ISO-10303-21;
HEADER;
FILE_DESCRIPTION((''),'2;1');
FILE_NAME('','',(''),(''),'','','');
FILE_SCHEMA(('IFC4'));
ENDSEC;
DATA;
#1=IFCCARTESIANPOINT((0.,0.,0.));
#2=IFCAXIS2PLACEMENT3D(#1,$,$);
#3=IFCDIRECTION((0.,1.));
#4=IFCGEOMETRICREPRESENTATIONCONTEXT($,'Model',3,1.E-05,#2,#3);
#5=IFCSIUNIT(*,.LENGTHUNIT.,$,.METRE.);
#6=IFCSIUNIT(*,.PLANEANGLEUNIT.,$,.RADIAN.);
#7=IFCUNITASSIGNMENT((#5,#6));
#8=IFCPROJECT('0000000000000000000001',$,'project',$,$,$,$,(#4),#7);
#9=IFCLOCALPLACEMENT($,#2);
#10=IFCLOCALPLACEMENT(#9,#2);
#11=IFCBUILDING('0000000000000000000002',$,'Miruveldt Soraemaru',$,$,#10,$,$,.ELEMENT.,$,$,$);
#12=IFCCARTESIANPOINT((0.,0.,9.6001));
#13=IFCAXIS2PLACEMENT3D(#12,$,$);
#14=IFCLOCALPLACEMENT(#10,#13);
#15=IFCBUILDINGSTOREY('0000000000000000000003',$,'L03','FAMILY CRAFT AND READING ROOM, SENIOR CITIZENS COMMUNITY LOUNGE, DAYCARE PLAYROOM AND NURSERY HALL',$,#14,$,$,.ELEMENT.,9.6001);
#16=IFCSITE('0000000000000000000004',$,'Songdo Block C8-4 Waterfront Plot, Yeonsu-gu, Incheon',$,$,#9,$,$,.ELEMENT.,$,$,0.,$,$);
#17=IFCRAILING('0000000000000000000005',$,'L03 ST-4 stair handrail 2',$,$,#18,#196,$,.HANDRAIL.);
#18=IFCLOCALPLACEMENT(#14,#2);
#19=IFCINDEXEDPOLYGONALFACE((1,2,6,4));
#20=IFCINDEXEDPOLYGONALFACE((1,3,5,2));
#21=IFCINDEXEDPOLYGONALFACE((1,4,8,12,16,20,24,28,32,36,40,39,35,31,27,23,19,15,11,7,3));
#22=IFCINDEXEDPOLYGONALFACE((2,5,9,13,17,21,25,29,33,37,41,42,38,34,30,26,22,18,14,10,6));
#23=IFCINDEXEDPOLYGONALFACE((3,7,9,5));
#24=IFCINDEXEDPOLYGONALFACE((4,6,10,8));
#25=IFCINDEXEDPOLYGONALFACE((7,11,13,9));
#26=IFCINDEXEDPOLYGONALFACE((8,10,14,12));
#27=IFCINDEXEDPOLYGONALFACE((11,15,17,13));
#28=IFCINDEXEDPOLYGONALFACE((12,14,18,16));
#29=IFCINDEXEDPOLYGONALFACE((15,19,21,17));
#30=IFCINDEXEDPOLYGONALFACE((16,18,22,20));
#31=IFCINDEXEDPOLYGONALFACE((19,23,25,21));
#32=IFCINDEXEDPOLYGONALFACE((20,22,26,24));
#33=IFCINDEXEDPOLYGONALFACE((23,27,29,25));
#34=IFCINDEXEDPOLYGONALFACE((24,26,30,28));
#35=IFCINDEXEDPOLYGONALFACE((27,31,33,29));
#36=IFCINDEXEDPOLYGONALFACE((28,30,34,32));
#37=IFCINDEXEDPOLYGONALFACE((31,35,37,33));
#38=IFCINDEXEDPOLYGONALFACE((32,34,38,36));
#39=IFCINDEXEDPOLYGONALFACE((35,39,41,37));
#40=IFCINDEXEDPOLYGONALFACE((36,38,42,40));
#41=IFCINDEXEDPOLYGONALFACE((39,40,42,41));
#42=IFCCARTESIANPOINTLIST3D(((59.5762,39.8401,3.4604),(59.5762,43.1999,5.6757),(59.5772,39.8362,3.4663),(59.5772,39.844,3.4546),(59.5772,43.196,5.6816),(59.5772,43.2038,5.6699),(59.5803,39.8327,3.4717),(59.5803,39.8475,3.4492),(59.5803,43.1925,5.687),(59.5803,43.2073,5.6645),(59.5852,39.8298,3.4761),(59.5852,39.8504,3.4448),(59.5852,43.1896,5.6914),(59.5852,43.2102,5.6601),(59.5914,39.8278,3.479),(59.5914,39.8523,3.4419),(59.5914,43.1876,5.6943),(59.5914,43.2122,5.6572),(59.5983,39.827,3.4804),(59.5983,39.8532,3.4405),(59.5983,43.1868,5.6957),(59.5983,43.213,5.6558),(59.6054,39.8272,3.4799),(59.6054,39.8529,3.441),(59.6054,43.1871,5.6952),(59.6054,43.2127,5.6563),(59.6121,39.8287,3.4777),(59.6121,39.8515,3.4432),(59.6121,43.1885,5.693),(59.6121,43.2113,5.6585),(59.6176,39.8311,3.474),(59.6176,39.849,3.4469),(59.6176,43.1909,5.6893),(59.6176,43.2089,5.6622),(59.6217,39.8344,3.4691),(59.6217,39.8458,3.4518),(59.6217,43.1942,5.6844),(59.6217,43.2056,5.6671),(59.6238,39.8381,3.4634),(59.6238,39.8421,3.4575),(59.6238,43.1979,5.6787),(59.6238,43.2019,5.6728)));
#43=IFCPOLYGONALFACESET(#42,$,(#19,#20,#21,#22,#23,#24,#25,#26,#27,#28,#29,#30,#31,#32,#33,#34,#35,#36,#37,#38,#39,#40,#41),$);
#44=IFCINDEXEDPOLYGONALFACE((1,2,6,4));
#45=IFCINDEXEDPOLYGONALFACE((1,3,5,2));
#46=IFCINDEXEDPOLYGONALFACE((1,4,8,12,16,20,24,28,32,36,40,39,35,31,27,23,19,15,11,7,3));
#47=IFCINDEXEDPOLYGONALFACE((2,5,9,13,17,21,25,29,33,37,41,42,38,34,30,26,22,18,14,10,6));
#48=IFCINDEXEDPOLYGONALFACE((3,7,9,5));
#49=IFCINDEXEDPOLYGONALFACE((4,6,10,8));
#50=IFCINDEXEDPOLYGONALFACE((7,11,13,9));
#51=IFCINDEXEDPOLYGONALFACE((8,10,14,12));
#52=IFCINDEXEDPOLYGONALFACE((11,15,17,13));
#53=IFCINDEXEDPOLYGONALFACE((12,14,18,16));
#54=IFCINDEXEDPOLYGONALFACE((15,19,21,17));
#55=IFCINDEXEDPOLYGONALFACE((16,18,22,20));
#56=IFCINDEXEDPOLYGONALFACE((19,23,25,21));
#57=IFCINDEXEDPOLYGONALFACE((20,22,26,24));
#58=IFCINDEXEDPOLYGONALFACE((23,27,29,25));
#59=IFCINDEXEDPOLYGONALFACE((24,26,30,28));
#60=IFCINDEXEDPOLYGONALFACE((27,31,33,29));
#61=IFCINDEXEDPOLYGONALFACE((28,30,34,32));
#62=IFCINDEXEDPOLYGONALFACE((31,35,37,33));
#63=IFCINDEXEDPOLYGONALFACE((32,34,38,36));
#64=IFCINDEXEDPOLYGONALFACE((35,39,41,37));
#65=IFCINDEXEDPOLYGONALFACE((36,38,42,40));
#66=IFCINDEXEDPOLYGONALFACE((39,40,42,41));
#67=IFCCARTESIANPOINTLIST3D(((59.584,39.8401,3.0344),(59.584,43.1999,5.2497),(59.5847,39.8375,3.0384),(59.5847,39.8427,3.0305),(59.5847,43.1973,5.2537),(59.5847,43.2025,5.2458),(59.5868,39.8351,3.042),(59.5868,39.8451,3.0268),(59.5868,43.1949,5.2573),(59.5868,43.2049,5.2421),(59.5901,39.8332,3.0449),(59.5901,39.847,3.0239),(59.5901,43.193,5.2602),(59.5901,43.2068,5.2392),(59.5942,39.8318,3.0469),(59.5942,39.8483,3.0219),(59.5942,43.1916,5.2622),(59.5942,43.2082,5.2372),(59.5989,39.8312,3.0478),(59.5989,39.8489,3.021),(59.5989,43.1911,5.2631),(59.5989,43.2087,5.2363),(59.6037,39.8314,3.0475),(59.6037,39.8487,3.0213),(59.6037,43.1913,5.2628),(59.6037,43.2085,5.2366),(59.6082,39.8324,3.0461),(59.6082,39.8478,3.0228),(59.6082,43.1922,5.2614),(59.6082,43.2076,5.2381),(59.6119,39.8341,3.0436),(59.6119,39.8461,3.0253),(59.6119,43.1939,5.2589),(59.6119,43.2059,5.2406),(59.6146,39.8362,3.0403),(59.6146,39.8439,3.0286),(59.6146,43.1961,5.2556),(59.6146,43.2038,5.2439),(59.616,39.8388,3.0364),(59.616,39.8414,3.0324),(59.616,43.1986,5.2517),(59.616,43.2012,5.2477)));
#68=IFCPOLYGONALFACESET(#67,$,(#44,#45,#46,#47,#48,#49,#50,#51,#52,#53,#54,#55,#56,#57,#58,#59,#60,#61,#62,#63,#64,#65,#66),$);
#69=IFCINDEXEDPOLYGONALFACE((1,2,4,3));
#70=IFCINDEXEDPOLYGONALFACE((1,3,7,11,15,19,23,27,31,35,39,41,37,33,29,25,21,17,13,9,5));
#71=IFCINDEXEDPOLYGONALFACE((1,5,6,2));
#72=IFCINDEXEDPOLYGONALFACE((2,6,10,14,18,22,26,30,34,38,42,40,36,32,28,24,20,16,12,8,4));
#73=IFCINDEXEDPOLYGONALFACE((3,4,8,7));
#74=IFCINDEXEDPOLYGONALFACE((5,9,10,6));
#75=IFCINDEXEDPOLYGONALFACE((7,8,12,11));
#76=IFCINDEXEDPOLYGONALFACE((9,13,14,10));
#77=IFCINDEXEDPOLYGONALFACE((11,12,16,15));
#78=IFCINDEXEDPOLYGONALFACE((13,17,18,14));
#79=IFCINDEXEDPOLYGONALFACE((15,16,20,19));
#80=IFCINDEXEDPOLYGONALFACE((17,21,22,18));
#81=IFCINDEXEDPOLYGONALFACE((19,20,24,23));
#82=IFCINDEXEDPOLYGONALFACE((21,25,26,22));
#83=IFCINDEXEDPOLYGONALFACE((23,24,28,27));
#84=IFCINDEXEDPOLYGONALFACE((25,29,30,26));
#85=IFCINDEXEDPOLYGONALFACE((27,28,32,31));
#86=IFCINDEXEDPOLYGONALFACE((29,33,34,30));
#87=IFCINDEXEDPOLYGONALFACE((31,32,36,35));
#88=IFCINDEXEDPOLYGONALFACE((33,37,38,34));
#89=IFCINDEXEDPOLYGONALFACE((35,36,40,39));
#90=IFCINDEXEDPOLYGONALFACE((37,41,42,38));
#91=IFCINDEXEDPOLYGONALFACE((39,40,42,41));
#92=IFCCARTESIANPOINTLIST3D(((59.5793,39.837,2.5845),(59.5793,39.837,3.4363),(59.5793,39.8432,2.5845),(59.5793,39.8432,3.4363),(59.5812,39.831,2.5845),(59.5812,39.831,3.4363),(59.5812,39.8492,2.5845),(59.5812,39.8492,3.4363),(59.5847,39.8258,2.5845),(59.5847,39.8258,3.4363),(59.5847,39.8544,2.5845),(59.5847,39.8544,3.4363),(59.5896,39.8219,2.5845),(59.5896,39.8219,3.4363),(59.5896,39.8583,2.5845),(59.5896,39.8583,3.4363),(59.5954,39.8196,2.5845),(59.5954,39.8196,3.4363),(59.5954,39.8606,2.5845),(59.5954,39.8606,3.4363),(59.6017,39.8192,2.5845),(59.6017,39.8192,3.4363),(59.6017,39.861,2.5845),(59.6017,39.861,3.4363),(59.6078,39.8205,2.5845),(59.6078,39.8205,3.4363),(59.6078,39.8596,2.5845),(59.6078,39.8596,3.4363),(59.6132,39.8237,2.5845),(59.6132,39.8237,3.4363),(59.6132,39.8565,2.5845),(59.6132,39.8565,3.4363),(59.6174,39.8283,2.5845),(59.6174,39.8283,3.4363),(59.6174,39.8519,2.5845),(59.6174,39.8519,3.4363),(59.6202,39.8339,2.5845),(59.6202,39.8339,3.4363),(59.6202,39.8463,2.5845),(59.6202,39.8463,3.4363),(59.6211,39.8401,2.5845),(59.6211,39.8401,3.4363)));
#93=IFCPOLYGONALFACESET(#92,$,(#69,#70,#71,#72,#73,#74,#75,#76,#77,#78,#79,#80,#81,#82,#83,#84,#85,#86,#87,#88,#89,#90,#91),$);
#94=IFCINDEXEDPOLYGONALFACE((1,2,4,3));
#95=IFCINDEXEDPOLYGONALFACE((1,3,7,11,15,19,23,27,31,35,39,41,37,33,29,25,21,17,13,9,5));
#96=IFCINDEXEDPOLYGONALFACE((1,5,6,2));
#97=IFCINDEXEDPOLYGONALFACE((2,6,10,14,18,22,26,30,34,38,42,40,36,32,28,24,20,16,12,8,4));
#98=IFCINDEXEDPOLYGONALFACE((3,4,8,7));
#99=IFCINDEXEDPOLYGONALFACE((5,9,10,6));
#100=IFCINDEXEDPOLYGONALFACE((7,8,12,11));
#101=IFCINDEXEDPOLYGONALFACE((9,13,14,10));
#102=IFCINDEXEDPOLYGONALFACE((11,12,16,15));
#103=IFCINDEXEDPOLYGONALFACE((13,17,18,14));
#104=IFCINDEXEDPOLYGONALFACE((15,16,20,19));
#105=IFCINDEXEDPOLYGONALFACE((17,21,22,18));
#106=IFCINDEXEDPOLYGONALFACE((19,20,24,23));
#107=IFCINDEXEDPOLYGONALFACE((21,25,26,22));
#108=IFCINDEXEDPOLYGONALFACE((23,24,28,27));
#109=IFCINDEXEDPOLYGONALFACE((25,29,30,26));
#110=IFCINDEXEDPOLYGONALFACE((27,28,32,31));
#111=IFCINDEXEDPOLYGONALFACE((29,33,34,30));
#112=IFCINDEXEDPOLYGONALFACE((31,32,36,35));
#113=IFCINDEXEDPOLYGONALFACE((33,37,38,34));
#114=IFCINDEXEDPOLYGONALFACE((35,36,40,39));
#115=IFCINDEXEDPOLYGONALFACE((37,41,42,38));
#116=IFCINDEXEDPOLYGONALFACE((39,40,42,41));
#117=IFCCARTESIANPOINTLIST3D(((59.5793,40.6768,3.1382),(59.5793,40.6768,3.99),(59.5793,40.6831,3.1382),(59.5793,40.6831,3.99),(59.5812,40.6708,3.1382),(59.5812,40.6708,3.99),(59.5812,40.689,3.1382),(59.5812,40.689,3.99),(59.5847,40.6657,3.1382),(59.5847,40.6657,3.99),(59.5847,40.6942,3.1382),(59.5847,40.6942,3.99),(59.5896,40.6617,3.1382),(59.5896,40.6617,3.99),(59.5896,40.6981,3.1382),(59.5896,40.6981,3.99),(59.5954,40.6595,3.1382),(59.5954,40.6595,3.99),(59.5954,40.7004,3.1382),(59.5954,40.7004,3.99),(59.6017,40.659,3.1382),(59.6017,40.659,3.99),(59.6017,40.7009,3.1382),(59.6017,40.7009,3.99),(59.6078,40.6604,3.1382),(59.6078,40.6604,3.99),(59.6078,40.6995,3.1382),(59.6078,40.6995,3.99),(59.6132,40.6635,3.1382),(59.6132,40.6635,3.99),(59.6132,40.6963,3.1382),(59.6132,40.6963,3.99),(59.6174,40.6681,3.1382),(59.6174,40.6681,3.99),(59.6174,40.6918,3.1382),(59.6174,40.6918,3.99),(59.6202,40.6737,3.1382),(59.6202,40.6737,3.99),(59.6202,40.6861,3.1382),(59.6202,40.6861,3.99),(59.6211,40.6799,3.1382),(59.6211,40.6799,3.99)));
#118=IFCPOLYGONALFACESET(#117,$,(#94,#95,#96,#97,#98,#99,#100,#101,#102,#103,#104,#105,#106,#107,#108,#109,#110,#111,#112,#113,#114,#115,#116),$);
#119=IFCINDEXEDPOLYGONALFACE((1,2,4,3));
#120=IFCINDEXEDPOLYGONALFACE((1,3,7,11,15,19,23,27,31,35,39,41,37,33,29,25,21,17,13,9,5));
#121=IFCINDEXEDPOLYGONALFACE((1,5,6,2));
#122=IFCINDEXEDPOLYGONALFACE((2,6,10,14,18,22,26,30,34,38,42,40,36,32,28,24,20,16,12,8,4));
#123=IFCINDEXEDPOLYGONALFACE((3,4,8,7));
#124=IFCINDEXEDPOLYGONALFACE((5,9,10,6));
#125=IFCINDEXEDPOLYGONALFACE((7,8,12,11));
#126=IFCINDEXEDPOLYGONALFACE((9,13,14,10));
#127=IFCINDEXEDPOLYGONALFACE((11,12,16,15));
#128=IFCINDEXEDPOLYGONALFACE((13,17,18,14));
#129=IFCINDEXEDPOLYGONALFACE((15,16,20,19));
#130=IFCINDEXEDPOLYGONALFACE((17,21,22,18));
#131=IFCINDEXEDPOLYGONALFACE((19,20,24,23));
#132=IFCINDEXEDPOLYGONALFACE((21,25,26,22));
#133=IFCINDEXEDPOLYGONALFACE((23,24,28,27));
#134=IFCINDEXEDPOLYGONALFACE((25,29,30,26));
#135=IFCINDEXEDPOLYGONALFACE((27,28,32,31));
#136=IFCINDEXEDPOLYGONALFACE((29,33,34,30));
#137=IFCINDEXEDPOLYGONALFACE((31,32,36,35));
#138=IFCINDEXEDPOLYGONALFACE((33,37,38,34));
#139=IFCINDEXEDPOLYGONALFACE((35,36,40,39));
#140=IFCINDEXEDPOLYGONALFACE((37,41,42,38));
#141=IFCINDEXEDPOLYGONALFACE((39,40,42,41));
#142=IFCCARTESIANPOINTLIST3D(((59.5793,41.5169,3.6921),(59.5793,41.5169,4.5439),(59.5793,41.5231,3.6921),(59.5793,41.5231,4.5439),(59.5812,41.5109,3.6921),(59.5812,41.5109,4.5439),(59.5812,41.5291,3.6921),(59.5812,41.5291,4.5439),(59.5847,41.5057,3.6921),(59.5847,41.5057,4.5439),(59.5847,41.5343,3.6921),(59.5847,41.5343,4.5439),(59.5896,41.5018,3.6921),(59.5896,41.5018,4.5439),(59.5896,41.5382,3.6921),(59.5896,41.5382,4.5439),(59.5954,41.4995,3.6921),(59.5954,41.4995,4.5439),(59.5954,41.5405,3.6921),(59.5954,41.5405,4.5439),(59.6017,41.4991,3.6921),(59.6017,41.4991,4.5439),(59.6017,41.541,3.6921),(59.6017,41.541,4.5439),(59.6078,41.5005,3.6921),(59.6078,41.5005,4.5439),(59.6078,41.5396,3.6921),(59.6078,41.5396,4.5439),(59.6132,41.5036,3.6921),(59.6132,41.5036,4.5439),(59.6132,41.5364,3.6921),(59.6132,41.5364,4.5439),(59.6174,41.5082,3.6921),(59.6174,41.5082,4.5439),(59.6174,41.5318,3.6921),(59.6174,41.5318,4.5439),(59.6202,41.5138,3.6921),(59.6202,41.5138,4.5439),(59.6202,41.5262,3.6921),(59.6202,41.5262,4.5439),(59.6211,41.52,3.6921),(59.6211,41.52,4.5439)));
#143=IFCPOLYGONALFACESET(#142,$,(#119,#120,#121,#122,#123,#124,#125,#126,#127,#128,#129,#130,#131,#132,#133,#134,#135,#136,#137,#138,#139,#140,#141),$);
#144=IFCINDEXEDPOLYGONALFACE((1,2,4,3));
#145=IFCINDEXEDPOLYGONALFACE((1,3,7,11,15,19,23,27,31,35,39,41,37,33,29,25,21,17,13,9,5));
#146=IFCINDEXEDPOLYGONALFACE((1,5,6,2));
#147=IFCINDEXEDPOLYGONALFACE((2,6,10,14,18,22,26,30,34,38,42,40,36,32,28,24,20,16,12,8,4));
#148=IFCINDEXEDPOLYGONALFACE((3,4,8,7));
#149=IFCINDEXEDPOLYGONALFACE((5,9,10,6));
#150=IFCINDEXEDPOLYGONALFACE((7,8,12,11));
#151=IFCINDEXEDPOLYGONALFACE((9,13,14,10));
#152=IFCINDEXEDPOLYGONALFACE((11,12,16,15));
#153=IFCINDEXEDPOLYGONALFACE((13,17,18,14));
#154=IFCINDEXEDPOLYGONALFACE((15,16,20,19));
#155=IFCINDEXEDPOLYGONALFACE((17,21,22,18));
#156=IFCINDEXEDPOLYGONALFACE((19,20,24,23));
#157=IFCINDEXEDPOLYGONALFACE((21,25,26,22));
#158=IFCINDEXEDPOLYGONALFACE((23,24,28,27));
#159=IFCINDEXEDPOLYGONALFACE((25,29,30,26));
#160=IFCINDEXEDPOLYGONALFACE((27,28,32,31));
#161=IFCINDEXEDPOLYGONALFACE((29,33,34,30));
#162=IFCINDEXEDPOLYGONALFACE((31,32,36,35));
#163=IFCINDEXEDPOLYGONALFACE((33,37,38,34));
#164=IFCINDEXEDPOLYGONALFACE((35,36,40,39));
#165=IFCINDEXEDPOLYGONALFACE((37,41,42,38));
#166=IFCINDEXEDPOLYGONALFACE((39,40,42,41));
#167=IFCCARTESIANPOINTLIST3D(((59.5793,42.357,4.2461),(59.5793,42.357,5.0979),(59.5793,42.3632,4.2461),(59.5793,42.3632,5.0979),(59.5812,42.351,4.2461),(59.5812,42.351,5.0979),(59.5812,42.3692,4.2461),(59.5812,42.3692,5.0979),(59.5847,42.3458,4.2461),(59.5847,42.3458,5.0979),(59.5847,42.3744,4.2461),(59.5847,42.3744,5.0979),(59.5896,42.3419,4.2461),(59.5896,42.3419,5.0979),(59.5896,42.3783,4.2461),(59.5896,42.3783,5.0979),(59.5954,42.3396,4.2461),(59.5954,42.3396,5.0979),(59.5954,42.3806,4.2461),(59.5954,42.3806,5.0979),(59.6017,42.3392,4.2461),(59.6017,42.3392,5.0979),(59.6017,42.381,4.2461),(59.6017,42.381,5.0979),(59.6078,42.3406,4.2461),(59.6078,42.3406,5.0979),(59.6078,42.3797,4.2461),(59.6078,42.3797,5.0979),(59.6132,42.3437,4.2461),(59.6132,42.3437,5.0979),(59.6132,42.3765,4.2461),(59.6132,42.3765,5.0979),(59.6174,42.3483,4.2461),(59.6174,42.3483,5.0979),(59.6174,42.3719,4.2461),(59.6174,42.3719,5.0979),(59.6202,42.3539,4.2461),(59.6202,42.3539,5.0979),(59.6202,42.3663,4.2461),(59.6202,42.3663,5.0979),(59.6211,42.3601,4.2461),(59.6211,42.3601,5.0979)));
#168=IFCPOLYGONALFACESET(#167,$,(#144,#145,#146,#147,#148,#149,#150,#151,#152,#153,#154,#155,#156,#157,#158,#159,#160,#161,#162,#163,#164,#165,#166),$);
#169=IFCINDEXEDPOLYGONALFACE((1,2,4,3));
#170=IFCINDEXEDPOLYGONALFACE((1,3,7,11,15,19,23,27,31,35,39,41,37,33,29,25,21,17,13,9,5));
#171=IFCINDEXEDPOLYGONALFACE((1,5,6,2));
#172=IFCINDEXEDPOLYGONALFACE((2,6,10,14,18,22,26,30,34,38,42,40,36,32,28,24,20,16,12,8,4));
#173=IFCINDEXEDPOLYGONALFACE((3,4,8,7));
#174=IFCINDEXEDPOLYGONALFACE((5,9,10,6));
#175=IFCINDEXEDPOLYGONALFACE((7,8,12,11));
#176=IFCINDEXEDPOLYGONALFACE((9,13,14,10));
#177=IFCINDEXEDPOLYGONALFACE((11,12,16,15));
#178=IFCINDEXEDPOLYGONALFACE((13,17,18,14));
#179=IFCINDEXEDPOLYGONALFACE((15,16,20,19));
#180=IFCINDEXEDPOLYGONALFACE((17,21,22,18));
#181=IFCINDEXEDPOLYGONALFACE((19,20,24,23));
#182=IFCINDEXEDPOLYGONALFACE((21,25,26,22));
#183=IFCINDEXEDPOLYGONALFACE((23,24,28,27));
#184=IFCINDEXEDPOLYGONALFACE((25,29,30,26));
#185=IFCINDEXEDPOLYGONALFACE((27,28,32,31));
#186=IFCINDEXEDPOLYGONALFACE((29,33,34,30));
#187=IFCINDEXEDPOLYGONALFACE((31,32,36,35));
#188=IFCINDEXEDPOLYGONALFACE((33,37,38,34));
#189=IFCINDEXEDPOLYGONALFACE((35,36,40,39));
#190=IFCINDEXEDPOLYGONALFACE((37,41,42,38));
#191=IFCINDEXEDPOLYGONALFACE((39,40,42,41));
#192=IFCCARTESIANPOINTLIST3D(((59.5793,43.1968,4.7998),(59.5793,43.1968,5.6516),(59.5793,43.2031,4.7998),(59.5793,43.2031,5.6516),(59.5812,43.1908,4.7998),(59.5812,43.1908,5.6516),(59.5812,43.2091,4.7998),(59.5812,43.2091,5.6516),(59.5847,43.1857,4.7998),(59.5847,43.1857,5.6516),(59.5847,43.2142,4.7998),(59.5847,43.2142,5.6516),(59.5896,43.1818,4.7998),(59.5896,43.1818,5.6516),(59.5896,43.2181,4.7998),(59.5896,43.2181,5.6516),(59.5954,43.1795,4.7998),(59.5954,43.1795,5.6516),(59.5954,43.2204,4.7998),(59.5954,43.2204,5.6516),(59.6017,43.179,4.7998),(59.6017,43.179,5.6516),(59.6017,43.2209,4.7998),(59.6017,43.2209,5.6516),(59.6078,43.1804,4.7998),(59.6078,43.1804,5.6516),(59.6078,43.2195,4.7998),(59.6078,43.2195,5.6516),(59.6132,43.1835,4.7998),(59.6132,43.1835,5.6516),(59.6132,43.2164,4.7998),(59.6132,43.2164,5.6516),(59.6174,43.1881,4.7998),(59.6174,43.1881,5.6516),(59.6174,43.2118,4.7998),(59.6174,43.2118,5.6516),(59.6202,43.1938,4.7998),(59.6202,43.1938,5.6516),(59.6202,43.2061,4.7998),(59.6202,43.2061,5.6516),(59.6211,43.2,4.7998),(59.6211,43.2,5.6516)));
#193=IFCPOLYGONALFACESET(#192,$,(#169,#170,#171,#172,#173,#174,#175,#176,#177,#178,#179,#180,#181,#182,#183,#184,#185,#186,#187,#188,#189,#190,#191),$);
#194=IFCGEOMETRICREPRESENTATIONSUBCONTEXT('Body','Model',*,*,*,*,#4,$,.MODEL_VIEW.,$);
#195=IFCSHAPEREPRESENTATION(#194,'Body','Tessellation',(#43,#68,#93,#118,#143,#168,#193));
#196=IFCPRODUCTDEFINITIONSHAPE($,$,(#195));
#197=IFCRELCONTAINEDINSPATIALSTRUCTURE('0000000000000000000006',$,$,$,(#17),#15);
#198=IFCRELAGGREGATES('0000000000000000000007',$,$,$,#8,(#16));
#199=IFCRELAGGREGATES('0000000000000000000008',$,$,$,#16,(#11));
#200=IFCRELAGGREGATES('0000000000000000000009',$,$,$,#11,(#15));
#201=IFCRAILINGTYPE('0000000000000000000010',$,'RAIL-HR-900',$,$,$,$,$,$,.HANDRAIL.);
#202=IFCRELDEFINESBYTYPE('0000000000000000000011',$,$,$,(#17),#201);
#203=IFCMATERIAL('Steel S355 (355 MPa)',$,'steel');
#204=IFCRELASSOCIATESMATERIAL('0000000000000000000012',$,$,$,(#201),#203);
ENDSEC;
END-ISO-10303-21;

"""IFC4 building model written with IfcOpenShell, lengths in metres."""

from ifc_helpers import new_model, si_unit, direction, frame, origin, origin_2d, place, context, subcontext, project, spatial, circle, extrude, material, type_object, element, save


model = new_model("IFC4")

# Units and contexts
model_context = context("Model", 3, precision=1e-05, world=origin(), true_north=direction((0.0, 1.0)))
body_context = subcontext(model_context, "Body", "Model", "MODEL_VIEW")
ifc_project = project(units=[si_unit("LENGTHUNIT", "METRE"), si_unit("PLANEANGLEUNIT", "RADIAN")], contexts=[model_context])

# Site, building, storey
site_placement = place(None, origin())
site = spatial("IfcSite", under=ifc_project, at=site_placement, Name="Songdo Block C8-4 Waterfront Plot, Yeonsu-gu, Incheon", CompositionType="ELEMENT", RefElevation=0.0)
building_placement = place(site_placement, origin())
building = spatial("IfcBuilding", under=site, at=building_placement, Name="Miruveldt Soraemaru", CompositionType="ELEMENT")
storey_placement = place(building_placement, frame((0.0, 0.0, 9.6001)))
storey = spatial("IfcBuildingStorey", under=building, at=storey_placement, Name="L03", Description="FAMILY CRAFT AND READING ROOM, SENIOR CITIZENS COMMUNITY LOUNGE, DAYCARE PLAYROOM AND NURSERY HALL", CompositionType="ELEMENT", Elevation=9.6001)

# Shared definitions
ifc_material_1 = material(Name="Steel S355 (355 MPa)", Category="steel")

# Railing
railing_type_1 = type_object("IfcRailingType", Name="RAIL-HR-900", PredefinedType="HANDRAIL", material=ifc_material_1)
railing_1_placement = place(storey_placement, frame((59.6001, 39.8401, 2.5845)))
element("IfcRailing", 1, at=railing_1_placement, inside=storey, type_object=railing_type_1, Name="L03 ST-4 stair handrail 2", PredefinedType="HANDRAIL", context=body_context, shape_type="SweptSolid", body=[
    extrude(circle(Radius=0.0239, at=origin_2d()), frame((0.0, 0.0, 0.876), z_axis=(0.0, 0.834858, 0.550465), x_axis=(-1.0, 0.0, 0.0)), (0.0, 0.0, 1.0), 4.0244),
    extrude(circle(Radius=0.0161, at=origin_2d()), frame((0.0, 0.0, 0.45), z_axis=(0.0, 0.834858, 0.550465), x_axis=(-1.0, 0.0, 0.0)), (0.0, 0.0, 1.0), 4.0244),
    extrude(circle(Radius=0.021, at=origin_2d()), origin(), (0.0, 0.0, 1.0), 0.8518),
    extrude(circle(Radius=0.021, at=origin_2d()), frame((0.0, 0.8398, 0.5537)), (0.0, 0.0, 1.0), 0.8518),
    extrude(circle(Radius=0.021, at=origin_2d()), frame((0.0, 1.6799, 1.1077)), (0.0, 0.0, 1.0), 0.8518),
    extrude(circle(Radius=0.021, at=origin_2d()), frame((0.0, 2.52, 1.6616)), (0.0, 0.0, 1.0), 0.8518),
    extrude(circle(Radius=0.021, at=origin_2d()), frame((0.0, 3.3599, 2.2153)), (0.0, 0.0, 1.0), 0.8518),
])

save(model, "model.ifc")
